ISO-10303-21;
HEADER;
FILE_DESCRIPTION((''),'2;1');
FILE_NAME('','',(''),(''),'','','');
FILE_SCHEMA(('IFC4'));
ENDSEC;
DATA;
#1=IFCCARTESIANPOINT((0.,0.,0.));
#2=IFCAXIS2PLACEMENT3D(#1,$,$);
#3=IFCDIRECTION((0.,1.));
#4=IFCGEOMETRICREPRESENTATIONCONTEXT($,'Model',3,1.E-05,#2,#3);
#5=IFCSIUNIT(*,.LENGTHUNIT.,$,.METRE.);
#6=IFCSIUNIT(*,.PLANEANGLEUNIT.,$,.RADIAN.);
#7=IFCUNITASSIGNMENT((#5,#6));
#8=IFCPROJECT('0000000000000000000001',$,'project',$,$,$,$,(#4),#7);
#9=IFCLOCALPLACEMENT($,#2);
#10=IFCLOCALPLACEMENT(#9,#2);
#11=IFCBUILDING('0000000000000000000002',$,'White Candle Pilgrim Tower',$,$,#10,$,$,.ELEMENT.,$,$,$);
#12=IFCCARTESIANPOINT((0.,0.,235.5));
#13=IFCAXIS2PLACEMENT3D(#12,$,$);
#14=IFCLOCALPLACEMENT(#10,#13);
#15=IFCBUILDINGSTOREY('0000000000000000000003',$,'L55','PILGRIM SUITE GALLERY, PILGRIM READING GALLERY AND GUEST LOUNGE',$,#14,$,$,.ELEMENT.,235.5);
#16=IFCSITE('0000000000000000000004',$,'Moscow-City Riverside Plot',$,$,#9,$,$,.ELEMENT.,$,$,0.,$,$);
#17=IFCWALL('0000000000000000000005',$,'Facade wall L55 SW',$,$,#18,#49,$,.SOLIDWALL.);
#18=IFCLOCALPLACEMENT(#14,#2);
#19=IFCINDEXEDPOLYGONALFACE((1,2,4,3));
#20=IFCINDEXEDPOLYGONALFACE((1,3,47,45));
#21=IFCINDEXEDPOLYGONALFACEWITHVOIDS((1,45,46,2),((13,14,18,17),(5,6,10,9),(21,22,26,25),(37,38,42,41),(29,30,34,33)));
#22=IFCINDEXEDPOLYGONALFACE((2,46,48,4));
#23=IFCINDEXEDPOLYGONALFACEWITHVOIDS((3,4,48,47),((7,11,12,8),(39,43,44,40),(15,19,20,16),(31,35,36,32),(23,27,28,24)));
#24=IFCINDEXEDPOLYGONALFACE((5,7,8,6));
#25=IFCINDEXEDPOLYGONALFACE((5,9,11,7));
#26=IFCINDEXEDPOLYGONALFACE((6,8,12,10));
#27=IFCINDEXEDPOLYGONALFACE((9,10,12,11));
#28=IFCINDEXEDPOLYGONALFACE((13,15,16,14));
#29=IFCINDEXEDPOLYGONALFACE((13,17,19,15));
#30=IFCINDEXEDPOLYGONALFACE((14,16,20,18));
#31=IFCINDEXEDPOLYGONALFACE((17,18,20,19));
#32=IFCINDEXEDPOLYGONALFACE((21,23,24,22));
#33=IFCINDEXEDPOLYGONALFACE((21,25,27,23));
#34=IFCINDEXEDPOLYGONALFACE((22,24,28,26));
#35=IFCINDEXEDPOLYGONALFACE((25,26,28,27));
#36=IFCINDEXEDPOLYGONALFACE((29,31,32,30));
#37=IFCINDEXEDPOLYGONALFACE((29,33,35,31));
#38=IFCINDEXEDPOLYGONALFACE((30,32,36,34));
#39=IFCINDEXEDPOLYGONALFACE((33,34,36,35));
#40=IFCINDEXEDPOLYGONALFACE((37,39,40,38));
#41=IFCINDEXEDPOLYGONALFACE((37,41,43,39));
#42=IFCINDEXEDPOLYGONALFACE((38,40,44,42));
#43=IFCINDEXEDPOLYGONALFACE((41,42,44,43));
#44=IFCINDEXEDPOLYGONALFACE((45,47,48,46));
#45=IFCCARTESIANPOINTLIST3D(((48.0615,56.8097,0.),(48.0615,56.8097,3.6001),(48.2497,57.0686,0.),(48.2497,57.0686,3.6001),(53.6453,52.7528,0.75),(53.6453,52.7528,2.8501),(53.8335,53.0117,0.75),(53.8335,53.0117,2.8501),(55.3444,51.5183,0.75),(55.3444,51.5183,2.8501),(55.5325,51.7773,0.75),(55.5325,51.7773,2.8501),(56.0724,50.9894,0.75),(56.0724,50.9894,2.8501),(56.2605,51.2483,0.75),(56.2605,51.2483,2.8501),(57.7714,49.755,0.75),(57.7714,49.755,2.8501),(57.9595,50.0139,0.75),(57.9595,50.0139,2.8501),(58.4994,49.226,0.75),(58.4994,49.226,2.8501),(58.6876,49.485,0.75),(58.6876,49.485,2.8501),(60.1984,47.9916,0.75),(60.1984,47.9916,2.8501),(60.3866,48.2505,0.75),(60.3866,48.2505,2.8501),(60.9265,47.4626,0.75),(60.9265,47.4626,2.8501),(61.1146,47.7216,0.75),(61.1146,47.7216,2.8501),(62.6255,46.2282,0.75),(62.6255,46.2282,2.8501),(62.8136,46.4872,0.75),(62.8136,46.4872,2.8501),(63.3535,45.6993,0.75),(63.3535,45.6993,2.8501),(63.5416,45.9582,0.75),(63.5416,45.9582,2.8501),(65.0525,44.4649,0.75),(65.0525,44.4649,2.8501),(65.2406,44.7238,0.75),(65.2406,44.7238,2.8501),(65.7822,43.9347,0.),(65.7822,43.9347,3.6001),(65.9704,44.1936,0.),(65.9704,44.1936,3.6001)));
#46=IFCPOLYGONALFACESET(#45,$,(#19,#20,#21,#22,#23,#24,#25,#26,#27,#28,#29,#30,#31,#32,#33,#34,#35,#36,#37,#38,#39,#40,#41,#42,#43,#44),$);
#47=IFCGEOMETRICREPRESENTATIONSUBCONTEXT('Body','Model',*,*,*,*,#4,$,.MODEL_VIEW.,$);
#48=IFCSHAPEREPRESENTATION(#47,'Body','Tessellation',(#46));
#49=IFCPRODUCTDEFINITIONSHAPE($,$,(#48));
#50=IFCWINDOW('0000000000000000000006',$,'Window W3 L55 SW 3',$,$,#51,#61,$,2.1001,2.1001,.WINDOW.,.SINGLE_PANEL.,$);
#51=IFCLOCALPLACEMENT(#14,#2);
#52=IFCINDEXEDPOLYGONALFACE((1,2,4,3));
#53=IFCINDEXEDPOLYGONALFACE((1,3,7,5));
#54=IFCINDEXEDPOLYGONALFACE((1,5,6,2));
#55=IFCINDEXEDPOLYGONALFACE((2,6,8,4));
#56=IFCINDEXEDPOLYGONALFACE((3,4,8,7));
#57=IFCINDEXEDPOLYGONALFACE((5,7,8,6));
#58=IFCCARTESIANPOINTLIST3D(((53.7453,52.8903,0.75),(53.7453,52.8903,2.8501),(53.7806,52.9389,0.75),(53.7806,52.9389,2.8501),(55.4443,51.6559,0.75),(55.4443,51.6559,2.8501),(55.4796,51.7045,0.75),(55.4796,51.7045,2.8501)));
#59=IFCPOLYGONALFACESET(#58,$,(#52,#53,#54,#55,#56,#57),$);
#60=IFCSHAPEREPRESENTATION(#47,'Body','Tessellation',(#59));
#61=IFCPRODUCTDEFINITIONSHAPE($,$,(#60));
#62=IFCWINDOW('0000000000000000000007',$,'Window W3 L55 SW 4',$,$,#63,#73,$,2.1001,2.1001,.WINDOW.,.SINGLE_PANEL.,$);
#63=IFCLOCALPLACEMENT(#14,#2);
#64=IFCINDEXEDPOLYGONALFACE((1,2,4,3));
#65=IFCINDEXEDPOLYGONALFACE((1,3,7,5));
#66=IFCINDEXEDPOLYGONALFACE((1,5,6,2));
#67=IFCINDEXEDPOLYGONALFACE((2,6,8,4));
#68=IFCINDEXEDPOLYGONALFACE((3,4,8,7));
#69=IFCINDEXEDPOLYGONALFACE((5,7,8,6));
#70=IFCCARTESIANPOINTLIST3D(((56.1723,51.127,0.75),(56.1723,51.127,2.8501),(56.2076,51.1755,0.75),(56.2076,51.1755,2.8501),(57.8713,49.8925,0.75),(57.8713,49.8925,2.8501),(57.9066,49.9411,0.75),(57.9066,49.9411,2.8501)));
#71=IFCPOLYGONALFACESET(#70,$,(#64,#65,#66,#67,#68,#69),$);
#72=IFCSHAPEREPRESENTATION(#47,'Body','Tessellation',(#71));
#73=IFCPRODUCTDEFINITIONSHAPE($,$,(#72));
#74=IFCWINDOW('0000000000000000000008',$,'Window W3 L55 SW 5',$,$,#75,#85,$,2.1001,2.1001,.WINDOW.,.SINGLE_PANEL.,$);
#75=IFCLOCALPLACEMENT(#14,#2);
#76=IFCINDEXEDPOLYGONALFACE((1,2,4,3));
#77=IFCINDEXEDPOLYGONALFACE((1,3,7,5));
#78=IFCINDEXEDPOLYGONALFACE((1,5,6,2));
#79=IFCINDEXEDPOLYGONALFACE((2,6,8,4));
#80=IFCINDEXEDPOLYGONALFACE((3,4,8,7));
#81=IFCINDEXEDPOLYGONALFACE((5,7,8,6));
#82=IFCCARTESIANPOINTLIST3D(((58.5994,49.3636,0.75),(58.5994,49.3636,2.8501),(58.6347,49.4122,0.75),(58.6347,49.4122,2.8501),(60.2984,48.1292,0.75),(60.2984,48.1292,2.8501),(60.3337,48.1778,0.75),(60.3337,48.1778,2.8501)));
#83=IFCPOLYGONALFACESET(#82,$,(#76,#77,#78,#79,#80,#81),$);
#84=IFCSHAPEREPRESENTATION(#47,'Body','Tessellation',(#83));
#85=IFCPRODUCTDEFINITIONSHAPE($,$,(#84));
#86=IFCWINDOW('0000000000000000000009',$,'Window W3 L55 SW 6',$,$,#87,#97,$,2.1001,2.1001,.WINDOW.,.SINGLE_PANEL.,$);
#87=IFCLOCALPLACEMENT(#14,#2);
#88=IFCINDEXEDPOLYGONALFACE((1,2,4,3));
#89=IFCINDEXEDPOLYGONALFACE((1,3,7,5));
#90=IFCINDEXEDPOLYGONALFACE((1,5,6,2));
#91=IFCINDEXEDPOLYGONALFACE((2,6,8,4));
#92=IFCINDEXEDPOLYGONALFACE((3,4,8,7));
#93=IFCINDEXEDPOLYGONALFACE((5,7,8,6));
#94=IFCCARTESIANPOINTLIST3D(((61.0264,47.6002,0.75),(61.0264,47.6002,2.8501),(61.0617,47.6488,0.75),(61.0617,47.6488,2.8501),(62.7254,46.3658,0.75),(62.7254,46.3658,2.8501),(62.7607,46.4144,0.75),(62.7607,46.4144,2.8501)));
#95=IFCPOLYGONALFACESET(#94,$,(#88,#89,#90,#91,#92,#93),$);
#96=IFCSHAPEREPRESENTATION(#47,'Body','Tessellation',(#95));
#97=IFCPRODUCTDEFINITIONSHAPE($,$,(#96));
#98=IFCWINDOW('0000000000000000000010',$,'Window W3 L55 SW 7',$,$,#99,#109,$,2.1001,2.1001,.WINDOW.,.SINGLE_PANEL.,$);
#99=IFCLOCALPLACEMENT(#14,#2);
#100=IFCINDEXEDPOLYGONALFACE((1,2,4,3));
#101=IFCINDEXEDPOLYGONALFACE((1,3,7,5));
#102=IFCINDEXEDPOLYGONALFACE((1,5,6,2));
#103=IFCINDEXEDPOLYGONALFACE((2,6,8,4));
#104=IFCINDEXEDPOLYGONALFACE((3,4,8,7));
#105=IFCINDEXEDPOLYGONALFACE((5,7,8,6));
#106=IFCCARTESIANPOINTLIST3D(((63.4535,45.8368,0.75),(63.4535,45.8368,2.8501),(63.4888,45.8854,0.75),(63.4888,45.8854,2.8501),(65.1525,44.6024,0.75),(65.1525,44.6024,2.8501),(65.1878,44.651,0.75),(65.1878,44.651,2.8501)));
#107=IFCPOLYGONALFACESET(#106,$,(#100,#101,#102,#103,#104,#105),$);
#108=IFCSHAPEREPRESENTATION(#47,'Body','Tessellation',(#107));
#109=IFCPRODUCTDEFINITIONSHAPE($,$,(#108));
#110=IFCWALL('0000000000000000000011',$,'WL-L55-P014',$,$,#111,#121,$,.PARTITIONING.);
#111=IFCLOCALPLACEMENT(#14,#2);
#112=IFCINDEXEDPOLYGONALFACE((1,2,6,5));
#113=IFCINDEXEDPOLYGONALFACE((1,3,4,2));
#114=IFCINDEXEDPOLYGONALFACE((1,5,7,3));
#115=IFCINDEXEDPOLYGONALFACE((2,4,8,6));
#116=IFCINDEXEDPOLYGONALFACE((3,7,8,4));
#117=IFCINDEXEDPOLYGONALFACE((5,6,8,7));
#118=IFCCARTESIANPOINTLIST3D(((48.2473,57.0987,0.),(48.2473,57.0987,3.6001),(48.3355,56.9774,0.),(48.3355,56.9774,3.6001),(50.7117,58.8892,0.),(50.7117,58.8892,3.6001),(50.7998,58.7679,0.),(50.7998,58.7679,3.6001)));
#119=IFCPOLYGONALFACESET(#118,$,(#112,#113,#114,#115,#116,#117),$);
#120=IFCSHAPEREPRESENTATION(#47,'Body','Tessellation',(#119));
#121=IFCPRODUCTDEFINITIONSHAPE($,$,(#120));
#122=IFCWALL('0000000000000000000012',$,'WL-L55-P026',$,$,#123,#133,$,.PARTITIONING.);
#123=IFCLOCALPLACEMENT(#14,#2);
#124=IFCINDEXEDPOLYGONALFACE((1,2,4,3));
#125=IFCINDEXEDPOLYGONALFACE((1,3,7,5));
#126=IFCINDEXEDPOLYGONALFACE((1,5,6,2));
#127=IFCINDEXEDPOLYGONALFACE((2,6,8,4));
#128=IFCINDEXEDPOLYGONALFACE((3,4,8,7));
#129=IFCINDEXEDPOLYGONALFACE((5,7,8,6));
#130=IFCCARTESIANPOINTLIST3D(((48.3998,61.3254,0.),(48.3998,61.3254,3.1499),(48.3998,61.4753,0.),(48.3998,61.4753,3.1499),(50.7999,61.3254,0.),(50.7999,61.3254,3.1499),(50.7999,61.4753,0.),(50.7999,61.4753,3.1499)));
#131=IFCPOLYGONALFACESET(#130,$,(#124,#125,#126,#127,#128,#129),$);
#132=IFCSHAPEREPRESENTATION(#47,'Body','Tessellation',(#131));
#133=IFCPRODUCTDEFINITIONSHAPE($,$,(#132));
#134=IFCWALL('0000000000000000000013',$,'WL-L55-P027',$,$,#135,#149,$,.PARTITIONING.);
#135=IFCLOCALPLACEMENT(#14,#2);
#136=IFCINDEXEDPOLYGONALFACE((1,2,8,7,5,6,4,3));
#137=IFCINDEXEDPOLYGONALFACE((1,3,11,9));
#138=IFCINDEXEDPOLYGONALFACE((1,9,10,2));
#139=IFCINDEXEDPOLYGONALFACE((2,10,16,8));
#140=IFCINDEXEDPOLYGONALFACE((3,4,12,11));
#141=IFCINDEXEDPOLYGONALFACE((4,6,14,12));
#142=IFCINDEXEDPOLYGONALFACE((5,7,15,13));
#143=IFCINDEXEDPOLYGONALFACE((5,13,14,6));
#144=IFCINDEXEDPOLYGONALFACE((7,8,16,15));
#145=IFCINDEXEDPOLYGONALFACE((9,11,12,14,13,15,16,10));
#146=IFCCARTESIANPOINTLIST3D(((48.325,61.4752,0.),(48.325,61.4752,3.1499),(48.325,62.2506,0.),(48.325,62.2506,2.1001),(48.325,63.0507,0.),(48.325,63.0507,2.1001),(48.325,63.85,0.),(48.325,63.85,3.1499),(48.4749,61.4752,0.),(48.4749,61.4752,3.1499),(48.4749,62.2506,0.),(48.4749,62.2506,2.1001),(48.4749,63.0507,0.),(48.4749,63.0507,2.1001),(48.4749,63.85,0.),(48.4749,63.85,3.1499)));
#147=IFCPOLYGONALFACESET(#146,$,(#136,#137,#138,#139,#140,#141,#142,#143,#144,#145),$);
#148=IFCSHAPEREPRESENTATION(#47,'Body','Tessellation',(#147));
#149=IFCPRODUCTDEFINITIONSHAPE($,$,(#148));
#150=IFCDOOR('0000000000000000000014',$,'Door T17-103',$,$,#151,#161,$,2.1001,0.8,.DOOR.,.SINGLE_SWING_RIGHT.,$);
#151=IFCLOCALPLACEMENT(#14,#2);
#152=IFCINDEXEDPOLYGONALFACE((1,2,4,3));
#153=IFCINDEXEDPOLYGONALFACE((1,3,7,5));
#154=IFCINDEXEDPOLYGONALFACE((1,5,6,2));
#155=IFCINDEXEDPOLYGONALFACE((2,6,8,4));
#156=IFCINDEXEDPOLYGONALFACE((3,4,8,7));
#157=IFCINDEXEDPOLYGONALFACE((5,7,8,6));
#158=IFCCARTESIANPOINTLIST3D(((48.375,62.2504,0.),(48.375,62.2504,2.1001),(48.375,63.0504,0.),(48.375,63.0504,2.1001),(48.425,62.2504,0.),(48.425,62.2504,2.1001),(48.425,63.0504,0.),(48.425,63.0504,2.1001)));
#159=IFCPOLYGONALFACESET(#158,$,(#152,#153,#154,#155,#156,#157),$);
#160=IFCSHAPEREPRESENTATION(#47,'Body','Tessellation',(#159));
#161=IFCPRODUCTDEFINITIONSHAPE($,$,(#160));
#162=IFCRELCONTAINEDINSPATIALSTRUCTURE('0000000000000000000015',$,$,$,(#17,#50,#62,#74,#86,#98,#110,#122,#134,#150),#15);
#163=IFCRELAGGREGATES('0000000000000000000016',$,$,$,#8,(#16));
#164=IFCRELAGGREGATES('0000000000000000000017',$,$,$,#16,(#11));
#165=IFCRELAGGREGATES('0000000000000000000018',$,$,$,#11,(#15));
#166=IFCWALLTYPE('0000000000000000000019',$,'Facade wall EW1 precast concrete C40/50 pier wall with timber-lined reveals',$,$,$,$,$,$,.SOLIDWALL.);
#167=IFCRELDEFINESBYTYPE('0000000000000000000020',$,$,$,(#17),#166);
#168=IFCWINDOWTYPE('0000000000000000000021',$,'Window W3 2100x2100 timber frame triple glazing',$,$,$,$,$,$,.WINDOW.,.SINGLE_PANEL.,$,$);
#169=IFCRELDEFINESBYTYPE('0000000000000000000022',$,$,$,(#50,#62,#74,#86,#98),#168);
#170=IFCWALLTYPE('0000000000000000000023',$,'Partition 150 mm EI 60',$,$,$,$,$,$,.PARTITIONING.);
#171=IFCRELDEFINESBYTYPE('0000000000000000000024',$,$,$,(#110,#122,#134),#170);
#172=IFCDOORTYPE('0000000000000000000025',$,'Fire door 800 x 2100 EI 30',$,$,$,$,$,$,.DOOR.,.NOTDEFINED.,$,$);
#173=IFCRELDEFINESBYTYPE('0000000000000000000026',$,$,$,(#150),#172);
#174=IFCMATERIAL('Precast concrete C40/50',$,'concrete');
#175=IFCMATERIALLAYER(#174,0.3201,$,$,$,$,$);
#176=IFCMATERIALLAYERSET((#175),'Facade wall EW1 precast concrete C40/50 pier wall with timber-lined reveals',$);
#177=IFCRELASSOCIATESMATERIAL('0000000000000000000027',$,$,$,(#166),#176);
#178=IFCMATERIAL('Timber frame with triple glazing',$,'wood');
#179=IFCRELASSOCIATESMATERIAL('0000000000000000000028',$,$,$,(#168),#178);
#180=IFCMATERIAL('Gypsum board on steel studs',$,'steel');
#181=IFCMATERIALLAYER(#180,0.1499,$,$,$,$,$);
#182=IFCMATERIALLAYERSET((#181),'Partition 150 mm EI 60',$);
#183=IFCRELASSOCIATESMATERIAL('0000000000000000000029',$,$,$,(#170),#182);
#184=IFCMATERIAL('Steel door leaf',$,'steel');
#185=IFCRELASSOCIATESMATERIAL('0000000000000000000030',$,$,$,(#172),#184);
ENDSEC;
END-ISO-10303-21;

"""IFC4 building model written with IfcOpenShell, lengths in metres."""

from ifc_helpers import new_model, si_unit, direction, frame, frame_2d, origin, place, context, subcontext, project, spatial, rectangle, extrude, material, layer, layer_set, type_object, element, fill, save


model = new_model("IFC4")

# Units and contexts
model_context = context("Model", 3, precision=1e-05, world=origin(), true_north=direction((0.0, 1.0)))
body_context = subcontext(model_context, "Body", "Model", "MODEL_VIEW")
ifc_project = project(units=[si_unit("LENGTHUNIT", "METRE"), si_unit("PLANEANGLEUNIT", "RADIAN")], contexts=[model_context])

# Site, building, storey
site_placement = place(None, origin())
site = spatial("IfcSite", under=ifc_project, at=site_placement, Name="Moscow-City Riverside Plot", CompositionType="ELEMENT", RefElevation=0.0)
building_placement = place(site_placement, origin())
building = spatial("IfcBuilding", under=site, at=building_placement, Name="White Candle Pilgrim Tower", CompositionType="ELEMENT")
storey_placement = place(building_placement, frame((0.0, 0.0, 235.5)))
storey = spatial("IfcBuildingStorey", under=building, at=storey_placement, Name="L55", Description="PILGRIM SUITE GALLERY, PILGRIM READING GALLERY AND GUEST LOUNGE", CompositionType="ELEMENT", Elevation=235.5)

# Shared definitions
ifc_material_1 = material(Name="Gypsum board on steel studs", Category="steel")
ifc_material_2 = material(Name="Steel door leaf", Category="steel")

# Wall, openings, windows
ifc_material_3 = material(Name="Precast concrete C40/50", Category="concrete")
ifc_layer_1 = layer(ifc_material_3, 0.3201)
ifc_layer_set_1 = layer_set([ifc_layer_1], Name="Facade wall EW1 precast concrete C40/50 pier wall with timber-lined reveals")
wall_type_1 = type_object("IfcWallType", Name="Facade wall EW1 precast concrete C40/50 pier wall with timber-lined reveals", PredefinedType="SOLIDWALL", material=ifc_layer_set_1)
wall_1_placement = place(storey_placement, frame((48.1555, 56.9392, 0.0), z_axis=(0.0, 0.0, 1.0), x_axis=(0.809014, -0.58779, 0.0)))
wall_1 = element("IfcWall", 1, at=wall_1_placement, inside=storey, type_object=wall_type_1, Name="Facade wall L55 SW", PredefinedType="SOLIDWALL", context=body_context, shape_type="SweptSolid", body=[
    extrude(rectangle(XDim=21.9041, YDim=0.3201, at=frame_2d((10.9521, 0.0))), origin(), (0.0, 0.0, 1.0), 3.6001),
])
opening_1_placement = place(wall_1_placement, frame((6.9021, 0.0, 0.75)))
opening_1 = element("IfcOpeningElement", 2, at=opening_1_placement, cuts=wall_1, PredefinedType="OPENING", context=body_context, shape_type="SweptSolid", body=[
    extrude(rectangle(XDim=2.1001, YDim=2.1001, at=frame_2d((1.05, 1.05))), frame((0.0, 0.1699, 0.0), z_axis=(0.0, -1.0, 0.0), x_axis=(1.0, 0.0, 0.0)), (0.0, 0.0, 1.0), 0.3401),
])
opening_2_placement = place(wall_1_placement, frame((9.9021, 0.0, 0.75)))
opening_2 = element("IfcOpeningElement", 3, at=opening_2_placement, cuts=wall_1, PredefinedType="OPENING", context=body_context, shape_type="SweptSolid", body=[
    extrude(rectangle(XDim=2.1001, YDim=2.1001, at=frame_2d((1.05, 1.05))), frame((0.0, 0.1699, 0.0), z_axis=(0.0, -1.0, 0.0), x_axis=(1.0, 0.0, 0.0)), (0.0, 0.0, 1.0), 0.3401),
])
opening_3_placement = place(wall_1_placement, frame((12.9021, 0.0, 0.75)))
opening_3 = element("IfcOpeningElement", 4, at=opening_3_placement, cuts=wall_1, PredefinedType="OPENING", context=body_context, shape_type="SweptSolid", body=[
    extrude(rectangle(XDim=2.1001, YDim=2.1001, at=frame_2d((1.05, 1.05))), frame((0.0, 0.1699, 0.0), z_axis=(0.0, -1.0, 0.0), x_axis=(1.0, 0.0, 0.0)), (0.0, 0.0, 1.0), 0.3401),
])
opening_4_placement = place(wall_1_placement, frame((15.9021, 0.0, 0.75)))
opening_4 = element("IfcOpeningElement", 5, at=opening_4_placement, cuts=wall_1, PredefinedType="OPENING", context=body_context, shape_type="SweptSolid", body=[
    extrude(rectangle(XDim=2.1001, YDim=2.1001, at=frame_2d((1.05, 1.05))), frame((0.0, 0.1699, 0.0), z_axis=(0.0, -1.0, 0.0), x_axis=(1.0, 0.0, 0.0)), (0.0, 0.0, 1.0), 0.3401),
])
opening_5_placement = place(wall_1_placement, frame((18.9021, 0.0, 0.75)))
opening_5 = element("IfcOpeningElement", 6, at=opening_5_placement, cuts=wall_1, PredefinedType="OPENING", context=body_context, shape_type="SweptSolid", body=[
    extrude(rectangle(XDim=2.1001, YDim=2.1001, at=frame_2d((1.05, 1.05))), frame((0.0, 0.1699, 0.0), z_axis=(0.0, -1.0, 0.0), x_axis=(1.0, 0.0, 0.0)), (0.0, 0.0, 1.0), 0.3401),
])
ifc_material_4 = material(Name="Timber frame with triple glazing", Category="wood")
window_type = type_object("IfcWindowType", Name="Window W3 2100x2100 timber frame triple glazing", PartitioningType="SINGLE_PANEL", PredefinedType="WINDOW", material=ifc_material_4)
window_1_placement = place(opening_1_placement, origin())
window_1 = element("IfcWindow", 7, at=window_1_placement, inside=storey, type_object=window_type, Name="Window W3 L55 SW 3", OverallHeight=2.1001, OverallWidth=2.1001, PartitioningType="SINGLE_PANEL", PredefinedType="WINDOW", context=body_context, shape_type="SweptSolid", body=[
    extrude(rectangle(XDim=2.1001, YDim=2.1001, at=frame_2d((1.05, 1.05))), frame((0.0, 0.0701, 0.0), z_axis=(0.0, -1.0, 0.0), x_axis=(1.0, 0.0, 0.0)), (0.0, 0.0, 1.0), 0.0601),
])
fill(opening_1, window_1)
window_2_placement = place(opening_2_placement, origin())
window_2 = element("IfcWindow", 8, at=window_2_placement, inside=storey, type_object=window_type, Name="Window W3 L55 SW 4", OverallHeight=2.1001, OverallWidth=2.1001, PartitioningType="SINGLE_PANEL", PredefinedType="WINDOW", context=body_context, shape_type="SweptSolid", body=[
    extrude(rectangle(XDim=2.1001, YDim=2.1001, at=frame_2d((1.05, 1.05))), frame((0.0, 0.0701, 0.0), z_axis=(0.0, -1.0, 0.0), x_axis=(1.0, 0.0, 0.0)), (0.0, 0.0, 1.0), 0.0601),
])
fill(opening_2, window_2)
window_3_placement = place(opening_3_placement, origin())
window_3 = element("IfcWindow", 9, at=window_3_placement, inside=storey, type_object=window_type, Name="Window W3 L55 SW 5", OverallHeight=2.1001, OverallWidth=2.1001, PartitioningType="SINGLE_PANEL", PredefinedType="WINDOW", context=body_context, shape_type="SweptSolid", body=[
    extrude(rectangle(XDim=2.1001, YDim=2.1001, at=frame_2d((1.05, 1.05))), frame((0.0, 0.0701, 0.0), z_axis=(0.0, -1.0, 0.0), x_axis=(1.0, 0.0, 0.0)), (0.0, 0.0, 1.0), 0.0601),
])
fill(opening_3, window_3)
window_4_placement = place(opening_4_placement, origin())
window_4 = element("IfcWindow", 10, at=window_4_placement, inside=storey, type_object=window_type, Name="Window W3 L55 SW 6", OverallHeight=2.1001, OverallWidth=2.1001, PartitioningType="SINGLE_PANEL", PredefinedType="WINDOW", context=body_context, shape_type="SweptSolid", body=[
    extrude(rectangle(XDim=2.1001, YDim=2.1001, at=frame_2d((1.05, 1.05))), frame((0.0, 0.0701, 0.0), z_axis=(0.0, -1.0, 0.0), x_axis=(1.0, 0.0, 0.0)), (0.0, 0.0, 1.0), 0.0601),
])
fill(opening_4, window_4)
window_5_placement = place(opening_5_placement, origin())
window_5 = element("IfcWindow", 11, at=window_5_placement, inside=storey, type_object=window_type, Name="Window W3 L55 SW 7", OverallHeight=2.1001, OverallWidth=2.1001, PartitioningType="SINGLE_PANEL", PredefinedType="WINDOW", context=body_context, shape_type="SweptSolid", body=[
    extrude(rectangle(XDim=2.1001, YDim=2.1001, at=frame_2d((1.05, 1.05))), frame((0.0, 0.0701, 0.0), z_axis=(0.0, -1.0, 0.0), x_axis=(1.0, 0.0, 0.0)), (0.0, 0.0, 1.0), 0.0601),
])
fill(opening_5, window_5)

# Walls
ifc_layer_2 = layer(ifc_material_1, 0.1499)
ifc_layer_set_2 = layer_set([ifc_layer_2], Name="Partition 150 mm EI 60")
wall_type_2 = type_object("IfcWallType", Name="Partition 150 mm EI 60", PredefinedType="PARTITIONING", material=ifc_layer_set_2)
wall_2_placement = place(storey_placement, frame((48.2915, 57.0381, 0.0), z_axis=(0.0, 0.0, 1.0), x_axis=(0.809006, 0.5878, 0.0)))
element("IfcWall", 12, at=wall_2_placement, inside=storey, type_object=wall_type_2, Name="WL-L55-P014", PredefinedType="PARTITIONING", context=body_context, shape_type="SweptSolid", body=[
    extrude(rectangle(XDim=3.0461, YDim=0.1499, at=frame_2d((1.5229, 0.0))), origin(), (0.0, 0.0, 1.0), 3.6001),
])
wall_3_placement = place(storey_placement, frame((50.8, 61.4004, 0.0), z_axis=(0.0, 0.0, 1.0), x_axis=(-1.0, 0.0, 0.0)))
element("IfcWall", 13, at=wall_3_placement, inside=storey, type_object=wall_type_2, Name="WL-L55-P026", PredefinedType="PARTITIONING", context=body_context, shape_type="SweptSolid", body=[
    extrude(rectangle(XDim=2.4001, YDim=0.1499, at=frame_2d((1.2002, 0.0))), origin(), (0.0, 0.0, 1.0), 3.1499),
])

# Wall, opening, door
wall_4_placement = place(storey_placement, frame((48.3999, 63.8501, 0.0), z_axis=(0.0, 0.0, 1.0), x_axis=(0.0, -1.0, 0.0)))
wall_4 = element("IfcWall", 14, at=wall_4_placement, inside=storey, type_object=wall_type_2, Name="WL-L55-P027", PredefinedType="PARTITIONING", context=body_context, shape_type="SweptSolid", body=[
    extrude(rectangle(XDim=2.3748, YDim=0.1499, at=frame_2d((1.1875, 0.0))), origin(), (0.0, 0.0, 1.0), 3.1499),
])
opening_6_placement = place(wall_4_placement, frame((0.7996, 0.0, 0.0)))
opening_6 = element("IfcOpeningElement", 15, at=opening_6_placement, cuts=wall_4, PredefinedType="OPENING", context=body_context, shape_type="SweptSolid", body=[
    extrude(rectangle(XDim=0.8, YDim=2.1001, at=frame_2d((0.3999, 1.05))), frame((0.0, 0.085, 0.0), z_axis=(0.0, -1.0, 0.0), x_axis=(1.0, 0.0, 0.0)), (0.0, 0.0, 1.0), 0.1699),
])
door_type_1 = type_object("IfcDoorType", Name="Fire door 800 x 2100 EI 30", OperationType="NOTDEFINED", PredefinedType="DOOR", material=ifc_material_2)
door_1_placement = place(opening_6_placement, frame((0.8, 0.0, 0.0), z_axis=(0.0, 0.0, 1.0), x_axis=(-1.0, 0.0, 0.0)))
door_1 = element("IfcDoor", 16, at=door_1_placement, inside=storey, type_object=door_type_1, Name="Door T17-103", OperationType="SINGLE_SWING_RIGHT", OverallHeight=2.1001, OverallWidth=0.8, PredefinedType="DOOR", context=body_context, shape_type="SweptSolid", body=[
    extrude(rectangle(XDim=0.8, YDim=2.1001, at=frame_2d((0.3999, 1.05))), frame((0.0, 0.0249, 0.0), z_axis=(0.0, -1.0, 0.0), x_axis=(1.0, 0.0, 0.0)), (0.0, 0.0, 1.0), 0.05),
])
fill(opening_6, door_1)

save(model, "model.ifc")
